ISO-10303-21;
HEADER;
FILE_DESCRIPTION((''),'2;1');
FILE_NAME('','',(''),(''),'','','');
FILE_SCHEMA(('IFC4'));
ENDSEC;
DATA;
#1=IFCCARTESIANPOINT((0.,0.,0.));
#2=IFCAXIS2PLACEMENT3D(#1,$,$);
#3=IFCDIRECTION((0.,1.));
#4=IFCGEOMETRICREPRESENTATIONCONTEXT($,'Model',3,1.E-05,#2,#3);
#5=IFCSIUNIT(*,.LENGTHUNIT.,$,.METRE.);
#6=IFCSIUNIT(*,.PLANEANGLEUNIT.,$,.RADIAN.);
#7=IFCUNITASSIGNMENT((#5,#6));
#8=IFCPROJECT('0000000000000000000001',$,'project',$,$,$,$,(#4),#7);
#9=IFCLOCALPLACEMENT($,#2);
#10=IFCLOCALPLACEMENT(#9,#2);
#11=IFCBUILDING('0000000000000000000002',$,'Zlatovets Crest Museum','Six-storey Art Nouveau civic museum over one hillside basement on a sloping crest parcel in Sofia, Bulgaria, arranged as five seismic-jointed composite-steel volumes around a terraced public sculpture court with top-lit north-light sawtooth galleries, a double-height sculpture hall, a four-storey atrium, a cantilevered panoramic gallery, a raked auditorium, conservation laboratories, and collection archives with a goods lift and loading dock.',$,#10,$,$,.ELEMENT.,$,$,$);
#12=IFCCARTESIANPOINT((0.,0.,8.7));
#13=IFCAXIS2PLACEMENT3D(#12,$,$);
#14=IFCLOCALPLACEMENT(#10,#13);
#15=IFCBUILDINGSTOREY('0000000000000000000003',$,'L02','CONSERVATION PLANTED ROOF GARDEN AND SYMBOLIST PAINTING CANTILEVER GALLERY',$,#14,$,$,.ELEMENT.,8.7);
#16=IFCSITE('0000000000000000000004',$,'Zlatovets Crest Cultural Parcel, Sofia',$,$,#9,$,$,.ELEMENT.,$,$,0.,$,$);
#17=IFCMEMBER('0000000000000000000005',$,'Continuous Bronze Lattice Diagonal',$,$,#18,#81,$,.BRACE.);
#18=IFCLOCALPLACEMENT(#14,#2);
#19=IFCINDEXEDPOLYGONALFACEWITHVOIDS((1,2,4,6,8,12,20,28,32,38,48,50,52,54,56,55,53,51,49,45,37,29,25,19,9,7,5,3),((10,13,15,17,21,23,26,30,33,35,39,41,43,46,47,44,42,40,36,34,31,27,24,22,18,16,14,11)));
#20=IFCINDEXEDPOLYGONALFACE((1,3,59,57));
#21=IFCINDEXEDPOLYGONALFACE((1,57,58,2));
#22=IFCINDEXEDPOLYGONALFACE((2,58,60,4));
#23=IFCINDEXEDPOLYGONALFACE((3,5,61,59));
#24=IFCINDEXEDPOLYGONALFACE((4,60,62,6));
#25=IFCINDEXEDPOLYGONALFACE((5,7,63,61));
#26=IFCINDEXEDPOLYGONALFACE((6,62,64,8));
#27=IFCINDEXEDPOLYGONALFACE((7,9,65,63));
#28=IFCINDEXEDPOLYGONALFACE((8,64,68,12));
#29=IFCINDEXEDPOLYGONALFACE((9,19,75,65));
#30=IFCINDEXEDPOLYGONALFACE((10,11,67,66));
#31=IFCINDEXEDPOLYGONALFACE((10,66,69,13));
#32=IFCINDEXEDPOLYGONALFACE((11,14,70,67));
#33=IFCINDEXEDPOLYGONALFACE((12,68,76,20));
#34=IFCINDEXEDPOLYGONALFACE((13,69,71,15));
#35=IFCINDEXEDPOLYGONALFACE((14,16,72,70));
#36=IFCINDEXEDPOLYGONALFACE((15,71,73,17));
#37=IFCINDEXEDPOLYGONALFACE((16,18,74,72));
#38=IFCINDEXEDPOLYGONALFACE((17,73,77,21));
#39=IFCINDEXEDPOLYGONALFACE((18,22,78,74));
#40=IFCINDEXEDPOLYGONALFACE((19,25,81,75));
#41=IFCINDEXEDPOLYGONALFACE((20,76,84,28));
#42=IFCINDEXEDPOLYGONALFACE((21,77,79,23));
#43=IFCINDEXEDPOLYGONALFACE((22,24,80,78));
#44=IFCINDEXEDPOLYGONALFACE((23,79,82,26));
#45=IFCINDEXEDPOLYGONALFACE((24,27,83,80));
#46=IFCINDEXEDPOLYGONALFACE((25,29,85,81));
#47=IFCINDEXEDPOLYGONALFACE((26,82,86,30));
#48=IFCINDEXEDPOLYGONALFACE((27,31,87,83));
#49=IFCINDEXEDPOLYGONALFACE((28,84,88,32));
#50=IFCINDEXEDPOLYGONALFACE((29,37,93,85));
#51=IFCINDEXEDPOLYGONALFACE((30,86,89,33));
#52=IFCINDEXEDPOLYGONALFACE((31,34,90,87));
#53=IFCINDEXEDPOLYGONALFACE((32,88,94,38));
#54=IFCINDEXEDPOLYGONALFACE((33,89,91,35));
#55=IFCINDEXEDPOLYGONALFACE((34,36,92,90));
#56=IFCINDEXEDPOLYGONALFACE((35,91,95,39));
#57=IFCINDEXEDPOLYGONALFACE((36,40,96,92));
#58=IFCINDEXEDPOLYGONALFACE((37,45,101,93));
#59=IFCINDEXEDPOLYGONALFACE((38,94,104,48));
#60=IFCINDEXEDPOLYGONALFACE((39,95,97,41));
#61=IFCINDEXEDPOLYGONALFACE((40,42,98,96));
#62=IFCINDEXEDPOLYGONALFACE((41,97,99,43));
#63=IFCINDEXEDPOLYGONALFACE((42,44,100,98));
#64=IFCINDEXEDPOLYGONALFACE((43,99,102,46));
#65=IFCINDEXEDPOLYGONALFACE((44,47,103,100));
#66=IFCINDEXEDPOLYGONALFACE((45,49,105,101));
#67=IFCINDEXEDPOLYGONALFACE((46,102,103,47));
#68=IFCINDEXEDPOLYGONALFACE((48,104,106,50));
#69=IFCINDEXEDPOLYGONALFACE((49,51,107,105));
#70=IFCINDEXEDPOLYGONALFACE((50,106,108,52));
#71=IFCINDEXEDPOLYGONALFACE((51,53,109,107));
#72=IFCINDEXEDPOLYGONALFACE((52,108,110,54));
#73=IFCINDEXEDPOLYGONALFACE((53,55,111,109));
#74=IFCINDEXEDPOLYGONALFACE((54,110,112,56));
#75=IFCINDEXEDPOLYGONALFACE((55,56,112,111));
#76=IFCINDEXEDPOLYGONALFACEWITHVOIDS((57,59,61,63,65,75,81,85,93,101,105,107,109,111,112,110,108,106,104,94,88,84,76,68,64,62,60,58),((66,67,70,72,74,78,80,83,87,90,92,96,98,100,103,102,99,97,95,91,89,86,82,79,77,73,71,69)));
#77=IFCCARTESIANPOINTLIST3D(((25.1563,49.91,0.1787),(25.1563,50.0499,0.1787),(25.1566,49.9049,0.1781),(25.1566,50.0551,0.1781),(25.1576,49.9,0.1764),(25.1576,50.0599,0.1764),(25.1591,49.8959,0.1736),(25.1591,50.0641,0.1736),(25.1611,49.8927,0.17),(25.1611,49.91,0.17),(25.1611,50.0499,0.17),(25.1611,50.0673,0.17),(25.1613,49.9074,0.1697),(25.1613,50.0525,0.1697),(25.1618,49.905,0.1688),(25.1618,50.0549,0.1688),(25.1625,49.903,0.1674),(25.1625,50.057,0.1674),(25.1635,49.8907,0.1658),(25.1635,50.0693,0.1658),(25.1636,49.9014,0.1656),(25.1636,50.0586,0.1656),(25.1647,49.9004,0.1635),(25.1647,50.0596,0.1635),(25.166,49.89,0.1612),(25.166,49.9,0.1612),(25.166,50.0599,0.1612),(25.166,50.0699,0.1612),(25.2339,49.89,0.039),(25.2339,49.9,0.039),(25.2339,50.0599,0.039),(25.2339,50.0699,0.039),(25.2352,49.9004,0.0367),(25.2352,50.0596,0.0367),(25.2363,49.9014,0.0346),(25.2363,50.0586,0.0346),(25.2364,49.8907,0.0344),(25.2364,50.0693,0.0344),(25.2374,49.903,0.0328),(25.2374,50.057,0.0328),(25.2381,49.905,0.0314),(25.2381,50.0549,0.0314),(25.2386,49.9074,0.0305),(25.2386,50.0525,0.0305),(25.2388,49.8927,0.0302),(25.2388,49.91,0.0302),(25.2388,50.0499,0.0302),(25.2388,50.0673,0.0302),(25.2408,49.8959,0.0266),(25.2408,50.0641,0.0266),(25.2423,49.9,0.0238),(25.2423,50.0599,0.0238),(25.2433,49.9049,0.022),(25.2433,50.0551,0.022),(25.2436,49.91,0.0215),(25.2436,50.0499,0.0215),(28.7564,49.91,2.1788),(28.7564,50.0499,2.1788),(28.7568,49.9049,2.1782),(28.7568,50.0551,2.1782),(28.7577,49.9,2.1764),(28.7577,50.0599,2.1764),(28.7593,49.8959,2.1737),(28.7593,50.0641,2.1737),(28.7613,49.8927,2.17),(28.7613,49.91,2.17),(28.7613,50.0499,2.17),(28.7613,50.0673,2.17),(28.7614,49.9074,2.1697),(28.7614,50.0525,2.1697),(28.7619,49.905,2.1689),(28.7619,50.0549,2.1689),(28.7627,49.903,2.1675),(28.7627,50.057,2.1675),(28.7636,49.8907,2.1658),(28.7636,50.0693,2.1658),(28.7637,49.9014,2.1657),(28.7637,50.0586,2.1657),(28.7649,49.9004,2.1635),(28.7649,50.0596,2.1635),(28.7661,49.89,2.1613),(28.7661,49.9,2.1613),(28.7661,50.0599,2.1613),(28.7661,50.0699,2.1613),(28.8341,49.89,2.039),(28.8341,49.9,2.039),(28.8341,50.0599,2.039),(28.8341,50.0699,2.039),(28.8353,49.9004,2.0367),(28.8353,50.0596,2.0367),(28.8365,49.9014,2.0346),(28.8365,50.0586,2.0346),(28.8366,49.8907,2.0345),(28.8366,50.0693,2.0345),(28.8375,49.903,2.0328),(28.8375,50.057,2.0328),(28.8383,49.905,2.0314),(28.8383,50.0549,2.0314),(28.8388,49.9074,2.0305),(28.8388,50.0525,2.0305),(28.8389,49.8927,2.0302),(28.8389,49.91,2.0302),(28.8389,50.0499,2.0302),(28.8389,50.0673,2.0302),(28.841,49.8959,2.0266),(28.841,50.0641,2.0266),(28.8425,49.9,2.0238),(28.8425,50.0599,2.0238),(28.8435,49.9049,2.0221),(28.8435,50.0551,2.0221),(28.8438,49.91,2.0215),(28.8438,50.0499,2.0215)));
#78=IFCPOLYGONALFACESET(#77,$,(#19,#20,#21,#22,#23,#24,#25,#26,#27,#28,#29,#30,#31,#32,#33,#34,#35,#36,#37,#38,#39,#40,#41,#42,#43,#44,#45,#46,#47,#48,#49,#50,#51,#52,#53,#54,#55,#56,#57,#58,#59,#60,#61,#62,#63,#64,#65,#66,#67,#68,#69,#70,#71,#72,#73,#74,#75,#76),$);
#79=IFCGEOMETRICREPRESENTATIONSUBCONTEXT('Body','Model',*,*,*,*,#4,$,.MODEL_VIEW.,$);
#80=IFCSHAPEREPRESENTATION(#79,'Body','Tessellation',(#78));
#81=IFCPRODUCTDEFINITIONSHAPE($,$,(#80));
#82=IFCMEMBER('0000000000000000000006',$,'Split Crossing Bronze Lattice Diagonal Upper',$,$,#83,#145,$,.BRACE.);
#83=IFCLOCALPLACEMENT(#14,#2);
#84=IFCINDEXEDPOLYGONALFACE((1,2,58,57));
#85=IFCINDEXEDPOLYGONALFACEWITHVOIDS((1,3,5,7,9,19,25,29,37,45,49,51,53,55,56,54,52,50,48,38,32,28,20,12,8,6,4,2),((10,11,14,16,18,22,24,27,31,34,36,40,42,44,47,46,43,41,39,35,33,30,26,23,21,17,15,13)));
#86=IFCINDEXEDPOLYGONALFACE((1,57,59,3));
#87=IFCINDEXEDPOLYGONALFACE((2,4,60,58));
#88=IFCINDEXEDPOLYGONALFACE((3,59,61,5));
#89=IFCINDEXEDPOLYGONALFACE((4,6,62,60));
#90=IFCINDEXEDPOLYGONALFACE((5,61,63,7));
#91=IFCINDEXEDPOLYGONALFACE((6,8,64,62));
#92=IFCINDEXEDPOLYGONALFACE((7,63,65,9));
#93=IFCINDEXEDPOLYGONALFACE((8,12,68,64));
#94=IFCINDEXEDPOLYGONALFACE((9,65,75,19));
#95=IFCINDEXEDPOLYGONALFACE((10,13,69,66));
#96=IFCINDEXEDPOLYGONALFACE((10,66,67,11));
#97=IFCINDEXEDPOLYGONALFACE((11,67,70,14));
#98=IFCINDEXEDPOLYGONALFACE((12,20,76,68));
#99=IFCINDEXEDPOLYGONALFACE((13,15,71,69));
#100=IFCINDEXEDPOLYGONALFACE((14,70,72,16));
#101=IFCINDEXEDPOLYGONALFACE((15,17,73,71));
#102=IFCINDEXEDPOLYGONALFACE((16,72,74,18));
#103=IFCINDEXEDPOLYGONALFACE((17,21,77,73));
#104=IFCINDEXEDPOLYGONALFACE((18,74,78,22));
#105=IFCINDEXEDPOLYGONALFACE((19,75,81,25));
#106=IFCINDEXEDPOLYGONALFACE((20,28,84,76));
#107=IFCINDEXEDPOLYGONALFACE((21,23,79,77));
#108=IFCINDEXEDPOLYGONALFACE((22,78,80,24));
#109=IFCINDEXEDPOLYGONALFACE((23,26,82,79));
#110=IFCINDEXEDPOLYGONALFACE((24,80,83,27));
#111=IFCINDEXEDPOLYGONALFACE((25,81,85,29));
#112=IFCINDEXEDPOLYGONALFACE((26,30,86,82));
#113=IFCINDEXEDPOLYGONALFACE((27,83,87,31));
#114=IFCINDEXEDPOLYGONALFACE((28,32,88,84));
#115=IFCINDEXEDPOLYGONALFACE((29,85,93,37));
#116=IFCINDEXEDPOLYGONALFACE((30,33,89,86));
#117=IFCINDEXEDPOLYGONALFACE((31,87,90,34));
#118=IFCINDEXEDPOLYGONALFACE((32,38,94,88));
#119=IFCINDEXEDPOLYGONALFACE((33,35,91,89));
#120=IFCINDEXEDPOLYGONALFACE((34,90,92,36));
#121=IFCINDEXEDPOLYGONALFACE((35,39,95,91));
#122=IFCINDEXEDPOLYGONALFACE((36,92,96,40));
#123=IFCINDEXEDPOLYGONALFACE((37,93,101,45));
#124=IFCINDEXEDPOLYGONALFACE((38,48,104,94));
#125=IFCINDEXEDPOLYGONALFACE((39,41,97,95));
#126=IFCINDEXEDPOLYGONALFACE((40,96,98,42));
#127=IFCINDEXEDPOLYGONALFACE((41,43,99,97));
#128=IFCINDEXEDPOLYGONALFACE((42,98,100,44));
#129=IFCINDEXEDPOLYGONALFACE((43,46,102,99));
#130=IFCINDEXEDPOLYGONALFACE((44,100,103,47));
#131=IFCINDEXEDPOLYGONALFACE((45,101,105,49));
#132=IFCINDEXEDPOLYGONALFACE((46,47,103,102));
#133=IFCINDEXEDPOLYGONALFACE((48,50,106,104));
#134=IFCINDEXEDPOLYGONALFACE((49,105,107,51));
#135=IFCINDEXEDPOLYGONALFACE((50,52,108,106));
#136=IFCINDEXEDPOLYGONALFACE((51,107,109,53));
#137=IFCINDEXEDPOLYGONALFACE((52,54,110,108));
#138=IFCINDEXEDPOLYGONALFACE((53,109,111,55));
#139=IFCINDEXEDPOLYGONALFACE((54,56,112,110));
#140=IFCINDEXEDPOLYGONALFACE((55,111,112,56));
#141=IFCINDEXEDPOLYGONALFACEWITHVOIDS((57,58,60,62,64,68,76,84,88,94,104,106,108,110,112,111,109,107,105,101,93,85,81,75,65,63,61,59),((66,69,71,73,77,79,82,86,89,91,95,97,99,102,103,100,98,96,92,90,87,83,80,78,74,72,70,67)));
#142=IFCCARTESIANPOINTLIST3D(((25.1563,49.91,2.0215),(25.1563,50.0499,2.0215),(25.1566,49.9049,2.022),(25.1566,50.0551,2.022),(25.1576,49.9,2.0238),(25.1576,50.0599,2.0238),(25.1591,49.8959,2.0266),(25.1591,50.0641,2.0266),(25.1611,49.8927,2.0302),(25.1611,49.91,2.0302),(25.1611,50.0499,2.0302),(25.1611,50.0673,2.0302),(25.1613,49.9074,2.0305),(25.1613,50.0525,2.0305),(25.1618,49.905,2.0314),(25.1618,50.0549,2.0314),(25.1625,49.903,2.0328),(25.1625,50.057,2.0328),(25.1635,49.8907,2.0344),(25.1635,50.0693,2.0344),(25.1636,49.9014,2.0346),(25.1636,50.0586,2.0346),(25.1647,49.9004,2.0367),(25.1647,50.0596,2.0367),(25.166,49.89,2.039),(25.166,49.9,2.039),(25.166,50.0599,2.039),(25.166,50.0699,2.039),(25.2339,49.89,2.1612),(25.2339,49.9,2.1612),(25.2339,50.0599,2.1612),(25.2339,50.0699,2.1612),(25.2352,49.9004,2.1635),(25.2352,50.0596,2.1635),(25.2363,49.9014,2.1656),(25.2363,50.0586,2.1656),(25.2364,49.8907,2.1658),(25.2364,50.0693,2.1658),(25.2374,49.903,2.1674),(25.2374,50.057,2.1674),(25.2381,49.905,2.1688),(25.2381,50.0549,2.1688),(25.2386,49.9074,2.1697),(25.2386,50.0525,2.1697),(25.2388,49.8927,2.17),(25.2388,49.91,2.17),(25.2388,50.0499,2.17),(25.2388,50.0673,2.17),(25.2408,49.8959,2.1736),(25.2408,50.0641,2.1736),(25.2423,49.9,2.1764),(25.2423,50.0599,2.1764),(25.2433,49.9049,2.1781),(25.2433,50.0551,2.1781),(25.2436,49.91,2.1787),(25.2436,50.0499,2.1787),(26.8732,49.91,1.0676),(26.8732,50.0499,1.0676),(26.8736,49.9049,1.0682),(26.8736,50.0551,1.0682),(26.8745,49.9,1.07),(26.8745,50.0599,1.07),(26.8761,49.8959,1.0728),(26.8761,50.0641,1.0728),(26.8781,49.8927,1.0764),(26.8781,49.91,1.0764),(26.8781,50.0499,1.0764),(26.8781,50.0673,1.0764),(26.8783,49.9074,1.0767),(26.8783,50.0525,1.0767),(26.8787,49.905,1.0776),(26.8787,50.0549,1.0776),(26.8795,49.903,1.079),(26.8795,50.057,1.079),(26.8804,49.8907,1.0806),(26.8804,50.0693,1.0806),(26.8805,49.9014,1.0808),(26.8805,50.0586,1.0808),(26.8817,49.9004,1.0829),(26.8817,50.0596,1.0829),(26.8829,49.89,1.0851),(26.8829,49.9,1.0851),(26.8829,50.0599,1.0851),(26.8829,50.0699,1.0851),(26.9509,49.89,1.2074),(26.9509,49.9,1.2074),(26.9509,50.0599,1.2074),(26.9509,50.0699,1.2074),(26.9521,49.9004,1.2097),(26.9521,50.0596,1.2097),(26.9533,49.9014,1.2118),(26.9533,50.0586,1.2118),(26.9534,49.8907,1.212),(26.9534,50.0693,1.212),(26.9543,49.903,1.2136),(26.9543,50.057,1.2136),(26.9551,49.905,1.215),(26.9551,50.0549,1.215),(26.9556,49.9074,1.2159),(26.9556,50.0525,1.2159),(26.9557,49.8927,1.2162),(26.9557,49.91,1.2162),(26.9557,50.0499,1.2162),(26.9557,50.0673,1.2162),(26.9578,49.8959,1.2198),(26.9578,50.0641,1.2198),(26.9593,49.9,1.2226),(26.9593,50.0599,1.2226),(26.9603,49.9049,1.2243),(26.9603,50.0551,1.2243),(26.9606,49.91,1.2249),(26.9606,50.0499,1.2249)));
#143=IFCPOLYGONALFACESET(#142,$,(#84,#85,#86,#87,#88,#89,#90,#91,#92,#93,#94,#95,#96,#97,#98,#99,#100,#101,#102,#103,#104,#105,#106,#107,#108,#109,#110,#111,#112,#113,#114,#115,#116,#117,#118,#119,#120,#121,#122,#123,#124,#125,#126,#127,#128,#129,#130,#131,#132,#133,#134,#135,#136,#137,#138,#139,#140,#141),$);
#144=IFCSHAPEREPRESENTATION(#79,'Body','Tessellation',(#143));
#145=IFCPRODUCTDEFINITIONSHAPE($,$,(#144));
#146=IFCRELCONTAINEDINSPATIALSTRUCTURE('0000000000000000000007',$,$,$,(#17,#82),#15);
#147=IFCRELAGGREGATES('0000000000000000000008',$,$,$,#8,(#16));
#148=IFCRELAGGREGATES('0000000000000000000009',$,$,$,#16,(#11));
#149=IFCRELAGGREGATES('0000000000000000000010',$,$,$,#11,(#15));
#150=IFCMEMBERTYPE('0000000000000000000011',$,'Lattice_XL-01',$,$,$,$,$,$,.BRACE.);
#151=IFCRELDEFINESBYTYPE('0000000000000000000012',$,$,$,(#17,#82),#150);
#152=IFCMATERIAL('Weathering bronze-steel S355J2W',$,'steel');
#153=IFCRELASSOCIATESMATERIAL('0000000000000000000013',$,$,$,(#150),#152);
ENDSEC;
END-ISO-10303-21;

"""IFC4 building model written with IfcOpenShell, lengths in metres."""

from ifc_helpers import new_model, si_unit, direction, frame, origin, origin_2d, place, context, subcontext, project, spatial, hollow_rectangle, extrude, material, material_profile, profile_set, type_object, element, save


model = new_model("IFC4")

# Units and contexts
model_context = context("Model", 3, precision=1e-05, world=origin(), true_north=direction((0.0, 1.0)))
body_context = subcontext(model_context, "Body", "Model", "MODEL_VIEW")
ifc_project = project(units=[si_unit("LENGTHUNIT", "METRE"), si_unit("PLANEANGLEUNIT", "RADIAN")], contexts=[model_context])

# Site, building, storey
site_placement = place(None, origin())
site = spatial("IfcSite", under=ifc_project, at=site_placement, Name="Zlatovets Crest Cultural Parcel, Sofia", CompositionType="ELEMENT", RefElevation=0.0)
building_placement = place(site_placement, origin())
building = spatial("IfcBuilding", under=site, at=building_placement, Name="Zlatovets Crest Museum", Description="Six-storey Art Nouveau civic museum over one hillside basement on a sloping crest parcel in Sofia, Bulgaria, arranged as five seismic-jointed composite-steel volumes around a terraced public sculpture court with top-lit north-light sawtooth galleries, a double-height sculpture hall, a four-storey atrium, a cantilevered panoramic gallery, a raked auditorium, conservation laboratories, and collection archives with a goods lift and loading dock.", CompositionType="ELEMENT")
storey_placement = place(building_placement, frame((0.0, 0.0, 8.7)))
storey = spatial("IfcBuildingStorey", under=building, at=storey_placement, Name="L02", Description="CONSERVATION PLANTED ROOF GARDEN AND SYMBOLIST PAINTING CANTILEVER GALLERY", CompositionType="ELEMENT", Elevation=8.7)

# Members
ifc_material_1 = material(Name="Weathering bronze-steel S355J2W", Category="steel")
ifc_material_profile_1 = material_profile(ifc_material_1, hollow_rectangle(XDim=0.1799, YDim=0.1799, WallThickness=0.01, InnerFilletRadius=0.01, OuterFilletRadius=0.02, at=origin_2d()), Name="SHS 180x180x10.0")
ifc_profile_set_1 = profile_set([ifc_material_profile_1], Name="Weathering bronze-steel S355J2W")
member_type_1 = type_object("IfcMemberType", Name="Lattice_XL-01", PredefinedType="BRACE", material=ifc_profile_set_1)
member_1_placement = place(storey_placement, frame((25.2, 49.98, 0.1001), z_axis=(0.874163, 0.0, 0.485633), x_axis=(0.0, 1.0, 0.0)))
element("IfcMember", 1, at=member_1_placement, inside=storey, type_object=member_type_1, Name="Continuous Bronze Lattice Diagonal", PredefinedType="BRACE", context=body_context, shape_type="SweptSolid", body=[
    extrude(hollow_rectangle(XDim=0.1799, YDim=0.1799, WallThickness=0.01, InnerFilletRadius=0.01, OuterFilletRadius=0.02, at=origin_2d()), origin(), (0.0, 0.0, 1.0), 4.1184),
])
for number, where, z_axis, x_axis, name in (
    (2, (25.2, 49.98, 2.1001), (0.874169, 0.0, -0.485622), (0.0, 1.0, 0.0), "Split Crossing Bronze Lattice Diagonal Upper"),
):
    element("IfcMember", number, at=place(storey_placement, frame(where, z_axis=z_axis, x_axis=x_axis)), inside=storey, type_object=member_type_1, Name=name, PredefinedType="BRACE", context=body_context, shape_type="SweptSolid", body=[
        extrude(hollow_rectangle(XDim=0.1799, YDim=0.1799, WallThickness=0.01, InnerFilletRadius=0.01, OuterFilletRadius=0.02, at=origin_2d()), origin(), (0.0, 0.0, 1.0), 1.9641),
    ])

save(model, "model.ifc")
